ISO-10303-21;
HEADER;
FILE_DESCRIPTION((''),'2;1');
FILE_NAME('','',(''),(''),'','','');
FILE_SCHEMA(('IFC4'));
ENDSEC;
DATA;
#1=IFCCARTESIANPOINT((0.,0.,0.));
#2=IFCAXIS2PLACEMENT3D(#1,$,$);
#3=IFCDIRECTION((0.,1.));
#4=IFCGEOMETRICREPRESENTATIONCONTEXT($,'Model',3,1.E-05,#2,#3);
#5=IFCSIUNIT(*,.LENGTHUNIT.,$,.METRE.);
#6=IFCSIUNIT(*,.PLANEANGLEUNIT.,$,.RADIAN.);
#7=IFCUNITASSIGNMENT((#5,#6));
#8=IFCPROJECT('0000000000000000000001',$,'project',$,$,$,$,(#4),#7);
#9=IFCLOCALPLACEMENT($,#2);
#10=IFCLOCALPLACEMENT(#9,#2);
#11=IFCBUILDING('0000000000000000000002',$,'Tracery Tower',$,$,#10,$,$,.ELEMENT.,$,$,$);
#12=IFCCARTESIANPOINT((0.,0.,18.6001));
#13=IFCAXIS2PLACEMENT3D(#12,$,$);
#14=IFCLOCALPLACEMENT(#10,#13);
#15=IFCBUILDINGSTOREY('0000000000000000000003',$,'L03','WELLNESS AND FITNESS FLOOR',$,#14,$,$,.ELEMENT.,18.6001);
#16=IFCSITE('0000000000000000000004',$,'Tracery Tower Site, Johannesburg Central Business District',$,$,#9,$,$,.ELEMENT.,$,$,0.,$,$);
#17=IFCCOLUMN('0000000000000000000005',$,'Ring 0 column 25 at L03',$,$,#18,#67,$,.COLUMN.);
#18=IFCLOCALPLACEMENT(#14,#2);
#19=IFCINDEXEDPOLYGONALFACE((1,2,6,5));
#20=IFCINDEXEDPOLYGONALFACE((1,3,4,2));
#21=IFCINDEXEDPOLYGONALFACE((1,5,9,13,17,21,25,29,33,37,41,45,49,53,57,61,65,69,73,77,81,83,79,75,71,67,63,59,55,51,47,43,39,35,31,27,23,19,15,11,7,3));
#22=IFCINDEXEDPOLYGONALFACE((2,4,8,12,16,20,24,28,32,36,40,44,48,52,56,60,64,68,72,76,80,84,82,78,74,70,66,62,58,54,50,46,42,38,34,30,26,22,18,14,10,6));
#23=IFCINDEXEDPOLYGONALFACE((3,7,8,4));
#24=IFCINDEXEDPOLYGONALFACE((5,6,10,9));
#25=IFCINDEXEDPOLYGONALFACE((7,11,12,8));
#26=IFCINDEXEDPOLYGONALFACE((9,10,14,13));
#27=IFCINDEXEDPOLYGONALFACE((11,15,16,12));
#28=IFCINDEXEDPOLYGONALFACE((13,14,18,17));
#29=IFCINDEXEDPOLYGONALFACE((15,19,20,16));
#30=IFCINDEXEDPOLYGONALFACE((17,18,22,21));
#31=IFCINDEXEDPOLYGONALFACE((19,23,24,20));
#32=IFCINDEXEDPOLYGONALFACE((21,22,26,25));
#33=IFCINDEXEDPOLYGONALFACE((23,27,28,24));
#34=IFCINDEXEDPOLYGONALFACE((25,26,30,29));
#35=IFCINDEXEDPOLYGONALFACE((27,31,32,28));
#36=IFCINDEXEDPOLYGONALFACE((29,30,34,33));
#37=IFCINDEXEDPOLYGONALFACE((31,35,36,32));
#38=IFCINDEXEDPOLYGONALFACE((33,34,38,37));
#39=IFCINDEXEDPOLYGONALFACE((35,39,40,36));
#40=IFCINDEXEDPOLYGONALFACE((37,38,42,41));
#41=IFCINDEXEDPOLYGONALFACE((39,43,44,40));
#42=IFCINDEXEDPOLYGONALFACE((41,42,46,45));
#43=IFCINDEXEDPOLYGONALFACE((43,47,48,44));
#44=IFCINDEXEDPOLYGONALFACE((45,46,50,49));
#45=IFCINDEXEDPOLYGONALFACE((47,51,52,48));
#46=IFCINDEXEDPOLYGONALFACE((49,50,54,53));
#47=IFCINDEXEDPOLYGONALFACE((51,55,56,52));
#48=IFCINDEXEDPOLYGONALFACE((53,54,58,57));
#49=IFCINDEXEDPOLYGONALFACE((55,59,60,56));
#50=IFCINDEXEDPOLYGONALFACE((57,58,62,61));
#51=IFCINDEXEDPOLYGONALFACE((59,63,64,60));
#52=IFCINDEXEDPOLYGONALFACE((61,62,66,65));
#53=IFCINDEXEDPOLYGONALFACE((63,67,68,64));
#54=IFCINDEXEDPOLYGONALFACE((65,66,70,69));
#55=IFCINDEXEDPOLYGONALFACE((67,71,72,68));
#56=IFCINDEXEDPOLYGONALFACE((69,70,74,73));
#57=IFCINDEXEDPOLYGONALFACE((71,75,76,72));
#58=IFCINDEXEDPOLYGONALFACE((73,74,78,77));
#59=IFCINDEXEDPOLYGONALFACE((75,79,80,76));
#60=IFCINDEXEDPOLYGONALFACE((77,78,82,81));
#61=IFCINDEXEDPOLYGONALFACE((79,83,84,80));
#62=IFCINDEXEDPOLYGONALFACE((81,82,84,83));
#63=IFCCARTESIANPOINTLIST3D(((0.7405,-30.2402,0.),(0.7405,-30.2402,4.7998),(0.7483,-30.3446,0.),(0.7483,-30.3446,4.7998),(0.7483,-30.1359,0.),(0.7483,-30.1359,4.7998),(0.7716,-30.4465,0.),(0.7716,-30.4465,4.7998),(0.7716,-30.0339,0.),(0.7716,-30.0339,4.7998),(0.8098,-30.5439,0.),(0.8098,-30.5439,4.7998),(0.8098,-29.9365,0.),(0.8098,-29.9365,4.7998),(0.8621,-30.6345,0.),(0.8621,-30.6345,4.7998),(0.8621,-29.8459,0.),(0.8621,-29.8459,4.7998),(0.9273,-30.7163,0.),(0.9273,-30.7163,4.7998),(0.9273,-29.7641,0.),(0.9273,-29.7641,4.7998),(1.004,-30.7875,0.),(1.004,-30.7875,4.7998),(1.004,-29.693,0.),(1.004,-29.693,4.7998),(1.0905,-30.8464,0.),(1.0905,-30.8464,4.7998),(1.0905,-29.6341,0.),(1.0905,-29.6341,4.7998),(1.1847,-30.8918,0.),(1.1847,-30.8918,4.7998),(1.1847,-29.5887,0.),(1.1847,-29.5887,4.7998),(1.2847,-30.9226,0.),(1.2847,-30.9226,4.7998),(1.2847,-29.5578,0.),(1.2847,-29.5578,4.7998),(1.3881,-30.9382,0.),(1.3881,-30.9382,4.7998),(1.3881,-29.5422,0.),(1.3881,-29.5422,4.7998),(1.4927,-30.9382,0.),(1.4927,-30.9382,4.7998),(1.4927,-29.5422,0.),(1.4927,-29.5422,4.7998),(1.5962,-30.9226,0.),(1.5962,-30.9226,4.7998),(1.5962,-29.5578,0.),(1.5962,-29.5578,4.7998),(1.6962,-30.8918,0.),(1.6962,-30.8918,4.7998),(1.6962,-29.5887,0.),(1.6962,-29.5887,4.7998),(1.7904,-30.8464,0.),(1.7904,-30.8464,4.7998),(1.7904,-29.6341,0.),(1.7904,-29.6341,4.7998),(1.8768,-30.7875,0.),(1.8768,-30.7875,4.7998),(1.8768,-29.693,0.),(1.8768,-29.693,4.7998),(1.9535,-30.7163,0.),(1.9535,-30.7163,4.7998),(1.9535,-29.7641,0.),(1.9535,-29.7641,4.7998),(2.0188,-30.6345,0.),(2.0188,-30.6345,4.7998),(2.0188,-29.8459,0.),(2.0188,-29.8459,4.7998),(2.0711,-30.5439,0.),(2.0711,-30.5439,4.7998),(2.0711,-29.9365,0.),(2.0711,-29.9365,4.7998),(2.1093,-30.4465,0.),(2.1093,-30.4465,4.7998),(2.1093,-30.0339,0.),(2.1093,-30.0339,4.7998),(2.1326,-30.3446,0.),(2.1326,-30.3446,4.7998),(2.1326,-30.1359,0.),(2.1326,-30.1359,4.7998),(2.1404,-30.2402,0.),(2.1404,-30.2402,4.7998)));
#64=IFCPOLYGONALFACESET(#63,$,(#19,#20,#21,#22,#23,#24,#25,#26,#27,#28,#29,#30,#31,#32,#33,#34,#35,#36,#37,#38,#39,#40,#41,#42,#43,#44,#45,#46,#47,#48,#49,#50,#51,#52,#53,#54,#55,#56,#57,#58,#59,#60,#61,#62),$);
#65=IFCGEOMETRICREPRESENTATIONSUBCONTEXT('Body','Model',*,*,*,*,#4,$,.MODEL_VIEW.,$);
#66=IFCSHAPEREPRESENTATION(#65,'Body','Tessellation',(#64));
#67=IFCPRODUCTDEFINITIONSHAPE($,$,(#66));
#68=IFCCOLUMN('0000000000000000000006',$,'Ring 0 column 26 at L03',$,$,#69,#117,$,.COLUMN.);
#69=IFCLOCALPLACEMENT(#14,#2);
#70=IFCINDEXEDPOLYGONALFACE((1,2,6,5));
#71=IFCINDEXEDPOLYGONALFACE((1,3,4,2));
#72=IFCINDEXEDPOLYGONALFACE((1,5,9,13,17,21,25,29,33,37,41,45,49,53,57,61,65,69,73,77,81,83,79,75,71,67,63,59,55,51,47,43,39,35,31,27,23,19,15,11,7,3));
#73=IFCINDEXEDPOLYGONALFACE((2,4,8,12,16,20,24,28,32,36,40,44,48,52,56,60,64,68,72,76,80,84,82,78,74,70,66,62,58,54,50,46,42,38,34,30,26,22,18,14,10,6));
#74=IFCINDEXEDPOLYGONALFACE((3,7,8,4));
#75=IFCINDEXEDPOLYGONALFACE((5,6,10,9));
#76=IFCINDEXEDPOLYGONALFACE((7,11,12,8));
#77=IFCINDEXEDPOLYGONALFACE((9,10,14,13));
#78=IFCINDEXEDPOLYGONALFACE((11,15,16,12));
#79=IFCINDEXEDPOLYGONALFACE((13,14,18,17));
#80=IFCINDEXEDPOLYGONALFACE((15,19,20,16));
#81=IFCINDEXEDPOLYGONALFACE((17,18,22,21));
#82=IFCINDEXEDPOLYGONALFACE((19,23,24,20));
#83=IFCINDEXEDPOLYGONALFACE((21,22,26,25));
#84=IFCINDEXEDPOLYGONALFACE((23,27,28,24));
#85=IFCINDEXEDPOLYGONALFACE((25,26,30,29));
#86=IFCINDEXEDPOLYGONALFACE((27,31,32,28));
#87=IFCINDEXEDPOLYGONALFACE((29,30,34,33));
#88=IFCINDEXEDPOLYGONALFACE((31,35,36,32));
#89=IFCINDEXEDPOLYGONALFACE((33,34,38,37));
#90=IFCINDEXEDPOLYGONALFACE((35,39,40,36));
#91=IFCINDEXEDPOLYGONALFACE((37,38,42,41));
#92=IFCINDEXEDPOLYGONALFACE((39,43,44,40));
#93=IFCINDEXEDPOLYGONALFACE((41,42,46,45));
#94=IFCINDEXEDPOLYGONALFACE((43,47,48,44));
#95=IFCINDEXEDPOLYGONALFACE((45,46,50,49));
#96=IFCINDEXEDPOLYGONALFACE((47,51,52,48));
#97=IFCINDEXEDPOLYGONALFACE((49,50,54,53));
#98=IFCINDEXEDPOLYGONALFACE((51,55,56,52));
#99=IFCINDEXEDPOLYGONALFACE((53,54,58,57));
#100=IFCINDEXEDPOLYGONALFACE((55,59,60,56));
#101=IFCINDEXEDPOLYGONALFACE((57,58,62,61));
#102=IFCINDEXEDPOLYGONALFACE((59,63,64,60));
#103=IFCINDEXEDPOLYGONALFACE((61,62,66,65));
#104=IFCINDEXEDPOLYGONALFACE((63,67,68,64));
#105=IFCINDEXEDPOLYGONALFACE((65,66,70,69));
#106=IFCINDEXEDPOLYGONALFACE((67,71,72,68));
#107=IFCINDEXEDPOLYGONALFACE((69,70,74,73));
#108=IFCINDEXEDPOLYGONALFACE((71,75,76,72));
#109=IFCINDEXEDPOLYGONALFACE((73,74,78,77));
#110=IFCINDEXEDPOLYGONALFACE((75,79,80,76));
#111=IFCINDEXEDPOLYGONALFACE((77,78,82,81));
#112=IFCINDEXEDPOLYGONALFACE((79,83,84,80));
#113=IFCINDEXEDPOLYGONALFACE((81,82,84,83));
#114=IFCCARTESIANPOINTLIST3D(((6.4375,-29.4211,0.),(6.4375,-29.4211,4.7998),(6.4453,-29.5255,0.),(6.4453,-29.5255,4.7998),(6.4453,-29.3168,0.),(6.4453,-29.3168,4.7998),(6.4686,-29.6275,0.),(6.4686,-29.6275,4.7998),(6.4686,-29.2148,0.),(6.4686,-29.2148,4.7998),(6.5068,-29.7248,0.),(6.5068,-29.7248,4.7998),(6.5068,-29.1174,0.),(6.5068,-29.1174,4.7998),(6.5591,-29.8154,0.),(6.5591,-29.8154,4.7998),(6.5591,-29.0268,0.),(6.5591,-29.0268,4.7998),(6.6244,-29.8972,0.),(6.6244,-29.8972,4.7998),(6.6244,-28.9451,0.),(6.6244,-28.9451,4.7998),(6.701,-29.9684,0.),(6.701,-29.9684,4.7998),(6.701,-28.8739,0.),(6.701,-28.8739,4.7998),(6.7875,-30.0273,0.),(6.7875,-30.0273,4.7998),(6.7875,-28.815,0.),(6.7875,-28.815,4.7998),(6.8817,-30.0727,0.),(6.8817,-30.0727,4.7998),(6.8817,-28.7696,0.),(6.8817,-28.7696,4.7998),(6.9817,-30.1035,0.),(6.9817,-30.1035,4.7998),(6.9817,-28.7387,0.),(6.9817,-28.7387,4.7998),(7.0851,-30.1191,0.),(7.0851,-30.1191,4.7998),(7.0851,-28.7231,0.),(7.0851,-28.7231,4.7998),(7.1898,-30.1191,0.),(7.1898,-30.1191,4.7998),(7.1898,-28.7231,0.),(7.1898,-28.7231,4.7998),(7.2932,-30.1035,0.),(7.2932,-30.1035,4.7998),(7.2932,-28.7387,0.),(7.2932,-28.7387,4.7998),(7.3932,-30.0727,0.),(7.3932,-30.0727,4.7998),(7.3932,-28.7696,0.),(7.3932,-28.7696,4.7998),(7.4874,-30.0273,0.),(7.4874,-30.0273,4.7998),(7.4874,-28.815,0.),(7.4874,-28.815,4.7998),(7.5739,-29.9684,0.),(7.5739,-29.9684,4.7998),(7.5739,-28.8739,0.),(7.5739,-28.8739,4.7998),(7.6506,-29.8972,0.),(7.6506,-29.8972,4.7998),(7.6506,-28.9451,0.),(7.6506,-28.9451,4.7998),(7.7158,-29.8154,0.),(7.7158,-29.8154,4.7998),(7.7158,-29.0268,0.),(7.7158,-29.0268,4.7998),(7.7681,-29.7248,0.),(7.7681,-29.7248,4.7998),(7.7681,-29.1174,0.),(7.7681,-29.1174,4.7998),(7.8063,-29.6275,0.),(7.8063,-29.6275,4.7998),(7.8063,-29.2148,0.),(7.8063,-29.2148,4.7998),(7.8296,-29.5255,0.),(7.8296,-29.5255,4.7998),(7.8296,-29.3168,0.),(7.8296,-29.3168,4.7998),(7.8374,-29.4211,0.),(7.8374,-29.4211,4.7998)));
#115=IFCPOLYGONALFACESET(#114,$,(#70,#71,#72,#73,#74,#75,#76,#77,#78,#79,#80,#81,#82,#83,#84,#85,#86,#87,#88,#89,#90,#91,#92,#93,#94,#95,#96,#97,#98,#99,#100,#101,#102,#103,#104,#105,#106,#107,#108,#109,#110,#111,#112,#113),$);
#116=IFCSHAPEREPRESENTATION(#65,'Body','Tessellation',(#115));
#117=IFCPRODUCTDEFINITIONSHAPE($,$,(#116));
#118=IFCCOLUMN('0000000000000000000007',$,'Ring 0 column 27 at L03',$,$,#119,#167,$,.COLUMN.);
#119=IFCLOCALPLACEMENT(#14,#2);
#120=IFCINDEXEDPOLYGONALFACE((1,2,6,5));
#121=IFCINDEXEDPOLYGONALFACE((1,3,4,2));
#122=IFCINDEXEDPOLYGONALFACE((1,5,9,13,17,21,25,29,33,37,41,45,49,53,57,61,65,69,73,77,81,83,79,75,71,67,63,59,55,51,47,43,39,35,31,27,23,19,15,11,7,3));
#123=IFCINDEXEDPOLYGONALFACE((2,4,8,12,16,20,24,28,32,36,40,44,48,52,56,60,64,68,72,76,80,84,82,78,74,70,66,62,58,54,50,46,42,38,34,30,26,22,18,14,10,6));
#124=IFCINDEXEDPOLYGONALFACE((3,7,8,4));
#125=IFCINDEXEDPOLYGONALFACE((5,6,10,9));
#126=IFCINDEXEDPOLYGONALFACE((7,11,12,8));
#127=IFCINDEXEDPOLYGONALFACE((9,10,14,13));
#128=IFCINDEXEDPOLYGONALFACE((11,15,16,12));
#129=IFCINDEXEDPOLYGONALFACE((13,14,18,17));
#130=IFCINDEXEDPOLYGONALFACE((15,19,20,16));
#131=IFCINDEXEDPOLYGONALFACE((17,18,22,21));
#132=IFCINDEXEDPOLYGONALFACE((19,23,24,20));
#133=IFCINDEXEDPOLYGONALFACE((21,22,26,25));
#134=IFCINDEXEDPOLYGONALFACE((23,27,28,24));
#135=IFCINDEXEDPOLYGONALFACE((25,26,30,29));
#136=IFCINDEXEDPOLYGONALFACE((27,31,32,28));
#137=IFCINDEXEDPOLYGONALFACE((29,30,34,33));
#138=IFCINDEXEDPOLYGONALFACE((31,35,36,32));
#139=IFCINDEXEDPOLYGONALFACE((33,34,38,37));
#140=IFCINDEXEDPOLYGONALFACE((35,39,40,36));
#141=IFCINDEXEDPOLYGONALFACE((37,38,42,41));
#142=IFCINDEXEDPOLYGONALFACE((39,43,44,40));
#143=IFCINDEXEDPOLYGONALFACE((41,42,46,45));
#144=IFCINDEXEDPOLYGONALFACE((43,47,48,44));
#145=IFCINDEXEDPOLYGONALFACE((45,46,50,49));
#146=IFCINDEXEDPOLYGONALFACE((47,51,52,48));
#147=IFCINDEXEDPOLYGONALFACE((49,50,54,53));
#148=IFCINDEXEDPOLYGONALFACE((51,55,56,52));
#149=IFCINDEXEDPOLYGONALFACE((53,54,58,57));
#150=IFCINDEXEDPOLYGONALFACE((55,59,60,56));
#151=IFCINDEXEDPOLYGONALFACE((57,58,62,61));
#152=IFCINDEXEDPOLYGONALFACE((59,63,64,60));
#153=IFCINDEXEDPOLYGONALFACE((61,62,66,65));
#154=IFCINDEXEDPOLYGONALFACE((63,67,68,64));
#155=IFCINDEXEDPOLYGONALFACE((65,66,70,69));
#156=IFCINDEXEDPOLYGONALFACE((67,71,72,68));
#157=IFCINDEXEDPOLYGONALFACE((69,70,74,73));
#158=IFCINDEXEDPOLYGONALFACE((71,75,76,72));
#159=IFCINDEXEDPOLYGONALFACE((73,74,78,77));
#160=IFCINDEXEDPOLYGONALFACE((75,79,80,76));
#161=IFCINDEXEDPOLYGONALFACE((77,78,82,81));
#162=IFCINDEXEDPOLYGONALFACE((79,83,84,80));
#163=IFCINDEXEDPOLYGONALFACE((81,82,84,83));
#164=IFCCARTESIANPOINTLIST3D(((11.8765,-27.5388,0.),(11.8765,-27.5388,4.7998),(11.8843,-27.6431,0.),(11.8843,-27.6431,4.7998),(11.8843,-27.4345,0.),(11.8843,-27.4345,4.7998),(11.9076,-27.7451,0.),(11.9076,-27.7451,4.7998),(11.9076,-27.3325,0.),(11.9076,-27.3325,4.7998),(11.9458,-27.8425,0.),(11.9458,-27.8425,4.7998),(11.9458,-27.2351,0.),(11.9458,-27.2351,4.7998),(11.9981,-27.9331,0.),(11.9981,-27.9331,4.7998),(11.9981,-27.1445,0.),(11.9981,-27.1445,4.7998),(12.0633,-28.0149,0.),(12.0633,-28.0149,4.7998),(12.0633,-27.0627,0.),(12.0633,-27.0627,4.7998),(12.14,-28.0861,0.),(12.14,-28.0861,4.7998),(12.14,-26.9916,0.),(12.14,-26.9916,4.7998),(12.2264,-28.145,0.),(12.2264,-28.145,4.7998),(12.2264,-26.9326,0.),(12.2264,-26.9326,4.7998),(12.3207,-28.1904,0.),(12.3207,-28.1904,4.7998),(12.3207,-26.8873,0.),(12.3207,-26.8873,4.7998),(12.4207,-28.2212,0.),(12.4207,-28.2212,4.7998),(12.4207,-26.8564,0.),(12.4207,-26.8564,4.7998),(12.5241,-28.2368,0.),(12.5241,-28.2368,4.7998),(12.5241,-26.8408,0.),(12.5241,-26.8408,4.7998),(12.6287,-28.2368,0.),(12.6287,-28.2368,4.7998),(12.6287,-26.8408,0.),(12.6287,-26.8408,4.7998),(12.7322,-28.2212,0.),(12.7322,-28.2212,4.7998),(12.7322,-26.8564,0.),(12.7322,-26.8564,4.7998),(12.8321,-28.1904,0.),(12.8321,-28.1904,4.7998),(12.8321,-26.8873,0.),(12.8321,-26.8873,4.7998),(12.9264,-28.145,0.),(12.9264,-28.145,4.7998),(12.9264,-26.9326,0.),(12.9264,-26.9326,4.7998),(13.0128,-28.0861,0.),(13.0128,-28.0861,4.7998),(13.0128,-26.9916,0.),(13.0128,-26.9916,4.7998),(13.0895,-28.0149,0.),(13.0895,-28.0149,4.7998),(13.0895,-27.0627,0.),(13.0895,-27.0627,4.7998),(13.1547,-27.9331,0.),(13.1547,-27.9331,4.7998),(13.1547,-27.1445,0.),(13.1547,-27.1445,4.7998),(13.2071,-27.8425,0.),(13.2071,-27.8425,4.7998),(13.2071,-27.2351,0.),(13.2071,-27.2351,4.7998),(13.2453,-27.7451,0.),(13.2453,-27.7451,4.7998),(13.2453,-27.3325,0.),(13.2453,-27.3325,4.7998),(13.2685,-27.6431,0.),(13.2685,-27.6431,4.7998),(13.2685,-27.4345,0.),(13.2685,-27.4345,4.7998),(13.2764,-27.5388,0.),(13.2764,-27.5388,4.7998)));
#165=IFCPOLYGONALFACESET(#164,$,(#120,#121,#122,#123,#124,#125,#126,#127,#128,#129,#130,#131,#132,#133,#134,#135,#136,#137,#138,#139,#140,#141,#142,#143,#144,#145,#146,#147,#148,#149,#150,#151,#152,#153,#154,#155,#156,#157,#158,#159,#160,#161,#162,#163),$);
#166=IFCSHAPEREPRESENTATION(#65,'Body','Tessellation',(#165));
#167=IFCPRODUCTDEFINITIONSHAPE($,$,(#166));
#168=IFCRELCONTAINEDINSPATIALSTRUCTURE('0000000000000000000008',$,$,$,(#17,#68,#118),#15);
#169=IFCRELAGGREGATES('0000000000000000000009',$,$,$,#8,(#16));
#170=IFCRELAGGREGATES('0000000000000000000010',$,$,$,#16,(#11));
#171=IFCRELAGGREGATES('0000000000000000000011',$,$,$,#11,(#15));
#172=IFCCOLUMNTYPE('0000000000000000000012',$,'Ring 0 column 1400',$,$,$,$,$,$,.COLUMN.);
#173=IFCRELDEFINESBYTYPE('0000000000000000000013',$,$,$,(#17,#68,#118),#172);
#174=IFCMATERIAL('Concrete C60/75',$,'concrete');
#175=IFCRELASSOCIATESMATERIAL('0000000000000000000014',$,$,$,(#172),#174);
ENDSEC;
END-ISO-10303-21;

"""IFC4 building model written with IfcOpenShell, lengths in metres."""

from ifc_helpers import new_model, si_unit, direction, frame, origin, origin_2d, place, context, subcontext, project, spatial, circle, extrude, material, material_profile, profile_set, type_object, element, save


model = new_model("IFC4")

# Units and contexts
model_context = context("Model", 3, precision=1e-05, world=origin(), true_north=direction((0.0, 1.0)))
body_context = subcontext(model_context, "Body", "Model", "MODEL_VIEW")
ifc_project = project(units=[si_unit("LENGTHUNIT", "METRE"), si_unit("PLANEANGLEUNIT", "RADIAN")], contexts=[model_context])

# Site, building, storey
site_placement = place(None, origin())
site = spatial("IfcSite", under=ifc_project, at=site_placement, Name="Tracery Tower Site, Johannesburg Central Business District", CompositionType="ELEMENT", RefElevation=0.0)
building_placement = place(site_placement, origin())
building = spatial("IfcBuilding", under=site, at=building_placement, Name="Tracery Tower", CompositionType="ELEMENT")
storey_placement = place(building_placement, frame((0.0, 0.0, 18.6001)))
storey = spatial("IfcBuildingStorey", under=building, at=storey_placement, Name="L03", Description="WELLNESS AND FITNESS FLOOR", CompositionType="ELEMENT", Elevation=18.6001)

# Columns
ifc_material_1 = material(Name="Concrete C60/75", Category="concrete")
ifc_material_profile_1 = material_profile(ifc_material_1, circle(Radius=0.7, at=origin_2d()), Name="RC D1400")
ifc_profile_set_1 = profile_set([ifc_material_profile_1], Name="Concrete C60/75")
column_type_1 = type_object("IfcColumnType", Name="Ring 0 column 1400", PredefinedType="COLUMN", material=ifc_profile_set_1)
for number, where, z_axis, x_axis, name in (
    (1, (1.4404, -30.2402, 0.0), (0.0, 0.0, 1.0), (1.0, 0.0, 0.0), "Ring 0 column 25 at L03"),
    (2, (7.1375, -29.4211, 0.0), (0.0, 0.0, 1.0), (1.0, 0.0, 0.0), "Ring 0 column 26 at L03"),
    (3, (12.5764, -27.5388, 0.0), (0.0, 0.0, 1.0), (1.0, 0.0, 0.0), "Ring 0 column 27 at L03"),
):
    element("IfcColumn", number, at=place(storey_placement, frame(where, z_axis=z_axis, x_axis=x_axis)), inside=storey, type_object=column_type_1, Name=name, PredefinedType="COLUMN", context=body_context, shape_type="SweptSolid", body=[
        extrude(circle(Radius=0.7, at=origin_2d()), origin(), (0.0, 0.0, 1.0), 4.7998),
    ])

save(model, "model.ifc")
